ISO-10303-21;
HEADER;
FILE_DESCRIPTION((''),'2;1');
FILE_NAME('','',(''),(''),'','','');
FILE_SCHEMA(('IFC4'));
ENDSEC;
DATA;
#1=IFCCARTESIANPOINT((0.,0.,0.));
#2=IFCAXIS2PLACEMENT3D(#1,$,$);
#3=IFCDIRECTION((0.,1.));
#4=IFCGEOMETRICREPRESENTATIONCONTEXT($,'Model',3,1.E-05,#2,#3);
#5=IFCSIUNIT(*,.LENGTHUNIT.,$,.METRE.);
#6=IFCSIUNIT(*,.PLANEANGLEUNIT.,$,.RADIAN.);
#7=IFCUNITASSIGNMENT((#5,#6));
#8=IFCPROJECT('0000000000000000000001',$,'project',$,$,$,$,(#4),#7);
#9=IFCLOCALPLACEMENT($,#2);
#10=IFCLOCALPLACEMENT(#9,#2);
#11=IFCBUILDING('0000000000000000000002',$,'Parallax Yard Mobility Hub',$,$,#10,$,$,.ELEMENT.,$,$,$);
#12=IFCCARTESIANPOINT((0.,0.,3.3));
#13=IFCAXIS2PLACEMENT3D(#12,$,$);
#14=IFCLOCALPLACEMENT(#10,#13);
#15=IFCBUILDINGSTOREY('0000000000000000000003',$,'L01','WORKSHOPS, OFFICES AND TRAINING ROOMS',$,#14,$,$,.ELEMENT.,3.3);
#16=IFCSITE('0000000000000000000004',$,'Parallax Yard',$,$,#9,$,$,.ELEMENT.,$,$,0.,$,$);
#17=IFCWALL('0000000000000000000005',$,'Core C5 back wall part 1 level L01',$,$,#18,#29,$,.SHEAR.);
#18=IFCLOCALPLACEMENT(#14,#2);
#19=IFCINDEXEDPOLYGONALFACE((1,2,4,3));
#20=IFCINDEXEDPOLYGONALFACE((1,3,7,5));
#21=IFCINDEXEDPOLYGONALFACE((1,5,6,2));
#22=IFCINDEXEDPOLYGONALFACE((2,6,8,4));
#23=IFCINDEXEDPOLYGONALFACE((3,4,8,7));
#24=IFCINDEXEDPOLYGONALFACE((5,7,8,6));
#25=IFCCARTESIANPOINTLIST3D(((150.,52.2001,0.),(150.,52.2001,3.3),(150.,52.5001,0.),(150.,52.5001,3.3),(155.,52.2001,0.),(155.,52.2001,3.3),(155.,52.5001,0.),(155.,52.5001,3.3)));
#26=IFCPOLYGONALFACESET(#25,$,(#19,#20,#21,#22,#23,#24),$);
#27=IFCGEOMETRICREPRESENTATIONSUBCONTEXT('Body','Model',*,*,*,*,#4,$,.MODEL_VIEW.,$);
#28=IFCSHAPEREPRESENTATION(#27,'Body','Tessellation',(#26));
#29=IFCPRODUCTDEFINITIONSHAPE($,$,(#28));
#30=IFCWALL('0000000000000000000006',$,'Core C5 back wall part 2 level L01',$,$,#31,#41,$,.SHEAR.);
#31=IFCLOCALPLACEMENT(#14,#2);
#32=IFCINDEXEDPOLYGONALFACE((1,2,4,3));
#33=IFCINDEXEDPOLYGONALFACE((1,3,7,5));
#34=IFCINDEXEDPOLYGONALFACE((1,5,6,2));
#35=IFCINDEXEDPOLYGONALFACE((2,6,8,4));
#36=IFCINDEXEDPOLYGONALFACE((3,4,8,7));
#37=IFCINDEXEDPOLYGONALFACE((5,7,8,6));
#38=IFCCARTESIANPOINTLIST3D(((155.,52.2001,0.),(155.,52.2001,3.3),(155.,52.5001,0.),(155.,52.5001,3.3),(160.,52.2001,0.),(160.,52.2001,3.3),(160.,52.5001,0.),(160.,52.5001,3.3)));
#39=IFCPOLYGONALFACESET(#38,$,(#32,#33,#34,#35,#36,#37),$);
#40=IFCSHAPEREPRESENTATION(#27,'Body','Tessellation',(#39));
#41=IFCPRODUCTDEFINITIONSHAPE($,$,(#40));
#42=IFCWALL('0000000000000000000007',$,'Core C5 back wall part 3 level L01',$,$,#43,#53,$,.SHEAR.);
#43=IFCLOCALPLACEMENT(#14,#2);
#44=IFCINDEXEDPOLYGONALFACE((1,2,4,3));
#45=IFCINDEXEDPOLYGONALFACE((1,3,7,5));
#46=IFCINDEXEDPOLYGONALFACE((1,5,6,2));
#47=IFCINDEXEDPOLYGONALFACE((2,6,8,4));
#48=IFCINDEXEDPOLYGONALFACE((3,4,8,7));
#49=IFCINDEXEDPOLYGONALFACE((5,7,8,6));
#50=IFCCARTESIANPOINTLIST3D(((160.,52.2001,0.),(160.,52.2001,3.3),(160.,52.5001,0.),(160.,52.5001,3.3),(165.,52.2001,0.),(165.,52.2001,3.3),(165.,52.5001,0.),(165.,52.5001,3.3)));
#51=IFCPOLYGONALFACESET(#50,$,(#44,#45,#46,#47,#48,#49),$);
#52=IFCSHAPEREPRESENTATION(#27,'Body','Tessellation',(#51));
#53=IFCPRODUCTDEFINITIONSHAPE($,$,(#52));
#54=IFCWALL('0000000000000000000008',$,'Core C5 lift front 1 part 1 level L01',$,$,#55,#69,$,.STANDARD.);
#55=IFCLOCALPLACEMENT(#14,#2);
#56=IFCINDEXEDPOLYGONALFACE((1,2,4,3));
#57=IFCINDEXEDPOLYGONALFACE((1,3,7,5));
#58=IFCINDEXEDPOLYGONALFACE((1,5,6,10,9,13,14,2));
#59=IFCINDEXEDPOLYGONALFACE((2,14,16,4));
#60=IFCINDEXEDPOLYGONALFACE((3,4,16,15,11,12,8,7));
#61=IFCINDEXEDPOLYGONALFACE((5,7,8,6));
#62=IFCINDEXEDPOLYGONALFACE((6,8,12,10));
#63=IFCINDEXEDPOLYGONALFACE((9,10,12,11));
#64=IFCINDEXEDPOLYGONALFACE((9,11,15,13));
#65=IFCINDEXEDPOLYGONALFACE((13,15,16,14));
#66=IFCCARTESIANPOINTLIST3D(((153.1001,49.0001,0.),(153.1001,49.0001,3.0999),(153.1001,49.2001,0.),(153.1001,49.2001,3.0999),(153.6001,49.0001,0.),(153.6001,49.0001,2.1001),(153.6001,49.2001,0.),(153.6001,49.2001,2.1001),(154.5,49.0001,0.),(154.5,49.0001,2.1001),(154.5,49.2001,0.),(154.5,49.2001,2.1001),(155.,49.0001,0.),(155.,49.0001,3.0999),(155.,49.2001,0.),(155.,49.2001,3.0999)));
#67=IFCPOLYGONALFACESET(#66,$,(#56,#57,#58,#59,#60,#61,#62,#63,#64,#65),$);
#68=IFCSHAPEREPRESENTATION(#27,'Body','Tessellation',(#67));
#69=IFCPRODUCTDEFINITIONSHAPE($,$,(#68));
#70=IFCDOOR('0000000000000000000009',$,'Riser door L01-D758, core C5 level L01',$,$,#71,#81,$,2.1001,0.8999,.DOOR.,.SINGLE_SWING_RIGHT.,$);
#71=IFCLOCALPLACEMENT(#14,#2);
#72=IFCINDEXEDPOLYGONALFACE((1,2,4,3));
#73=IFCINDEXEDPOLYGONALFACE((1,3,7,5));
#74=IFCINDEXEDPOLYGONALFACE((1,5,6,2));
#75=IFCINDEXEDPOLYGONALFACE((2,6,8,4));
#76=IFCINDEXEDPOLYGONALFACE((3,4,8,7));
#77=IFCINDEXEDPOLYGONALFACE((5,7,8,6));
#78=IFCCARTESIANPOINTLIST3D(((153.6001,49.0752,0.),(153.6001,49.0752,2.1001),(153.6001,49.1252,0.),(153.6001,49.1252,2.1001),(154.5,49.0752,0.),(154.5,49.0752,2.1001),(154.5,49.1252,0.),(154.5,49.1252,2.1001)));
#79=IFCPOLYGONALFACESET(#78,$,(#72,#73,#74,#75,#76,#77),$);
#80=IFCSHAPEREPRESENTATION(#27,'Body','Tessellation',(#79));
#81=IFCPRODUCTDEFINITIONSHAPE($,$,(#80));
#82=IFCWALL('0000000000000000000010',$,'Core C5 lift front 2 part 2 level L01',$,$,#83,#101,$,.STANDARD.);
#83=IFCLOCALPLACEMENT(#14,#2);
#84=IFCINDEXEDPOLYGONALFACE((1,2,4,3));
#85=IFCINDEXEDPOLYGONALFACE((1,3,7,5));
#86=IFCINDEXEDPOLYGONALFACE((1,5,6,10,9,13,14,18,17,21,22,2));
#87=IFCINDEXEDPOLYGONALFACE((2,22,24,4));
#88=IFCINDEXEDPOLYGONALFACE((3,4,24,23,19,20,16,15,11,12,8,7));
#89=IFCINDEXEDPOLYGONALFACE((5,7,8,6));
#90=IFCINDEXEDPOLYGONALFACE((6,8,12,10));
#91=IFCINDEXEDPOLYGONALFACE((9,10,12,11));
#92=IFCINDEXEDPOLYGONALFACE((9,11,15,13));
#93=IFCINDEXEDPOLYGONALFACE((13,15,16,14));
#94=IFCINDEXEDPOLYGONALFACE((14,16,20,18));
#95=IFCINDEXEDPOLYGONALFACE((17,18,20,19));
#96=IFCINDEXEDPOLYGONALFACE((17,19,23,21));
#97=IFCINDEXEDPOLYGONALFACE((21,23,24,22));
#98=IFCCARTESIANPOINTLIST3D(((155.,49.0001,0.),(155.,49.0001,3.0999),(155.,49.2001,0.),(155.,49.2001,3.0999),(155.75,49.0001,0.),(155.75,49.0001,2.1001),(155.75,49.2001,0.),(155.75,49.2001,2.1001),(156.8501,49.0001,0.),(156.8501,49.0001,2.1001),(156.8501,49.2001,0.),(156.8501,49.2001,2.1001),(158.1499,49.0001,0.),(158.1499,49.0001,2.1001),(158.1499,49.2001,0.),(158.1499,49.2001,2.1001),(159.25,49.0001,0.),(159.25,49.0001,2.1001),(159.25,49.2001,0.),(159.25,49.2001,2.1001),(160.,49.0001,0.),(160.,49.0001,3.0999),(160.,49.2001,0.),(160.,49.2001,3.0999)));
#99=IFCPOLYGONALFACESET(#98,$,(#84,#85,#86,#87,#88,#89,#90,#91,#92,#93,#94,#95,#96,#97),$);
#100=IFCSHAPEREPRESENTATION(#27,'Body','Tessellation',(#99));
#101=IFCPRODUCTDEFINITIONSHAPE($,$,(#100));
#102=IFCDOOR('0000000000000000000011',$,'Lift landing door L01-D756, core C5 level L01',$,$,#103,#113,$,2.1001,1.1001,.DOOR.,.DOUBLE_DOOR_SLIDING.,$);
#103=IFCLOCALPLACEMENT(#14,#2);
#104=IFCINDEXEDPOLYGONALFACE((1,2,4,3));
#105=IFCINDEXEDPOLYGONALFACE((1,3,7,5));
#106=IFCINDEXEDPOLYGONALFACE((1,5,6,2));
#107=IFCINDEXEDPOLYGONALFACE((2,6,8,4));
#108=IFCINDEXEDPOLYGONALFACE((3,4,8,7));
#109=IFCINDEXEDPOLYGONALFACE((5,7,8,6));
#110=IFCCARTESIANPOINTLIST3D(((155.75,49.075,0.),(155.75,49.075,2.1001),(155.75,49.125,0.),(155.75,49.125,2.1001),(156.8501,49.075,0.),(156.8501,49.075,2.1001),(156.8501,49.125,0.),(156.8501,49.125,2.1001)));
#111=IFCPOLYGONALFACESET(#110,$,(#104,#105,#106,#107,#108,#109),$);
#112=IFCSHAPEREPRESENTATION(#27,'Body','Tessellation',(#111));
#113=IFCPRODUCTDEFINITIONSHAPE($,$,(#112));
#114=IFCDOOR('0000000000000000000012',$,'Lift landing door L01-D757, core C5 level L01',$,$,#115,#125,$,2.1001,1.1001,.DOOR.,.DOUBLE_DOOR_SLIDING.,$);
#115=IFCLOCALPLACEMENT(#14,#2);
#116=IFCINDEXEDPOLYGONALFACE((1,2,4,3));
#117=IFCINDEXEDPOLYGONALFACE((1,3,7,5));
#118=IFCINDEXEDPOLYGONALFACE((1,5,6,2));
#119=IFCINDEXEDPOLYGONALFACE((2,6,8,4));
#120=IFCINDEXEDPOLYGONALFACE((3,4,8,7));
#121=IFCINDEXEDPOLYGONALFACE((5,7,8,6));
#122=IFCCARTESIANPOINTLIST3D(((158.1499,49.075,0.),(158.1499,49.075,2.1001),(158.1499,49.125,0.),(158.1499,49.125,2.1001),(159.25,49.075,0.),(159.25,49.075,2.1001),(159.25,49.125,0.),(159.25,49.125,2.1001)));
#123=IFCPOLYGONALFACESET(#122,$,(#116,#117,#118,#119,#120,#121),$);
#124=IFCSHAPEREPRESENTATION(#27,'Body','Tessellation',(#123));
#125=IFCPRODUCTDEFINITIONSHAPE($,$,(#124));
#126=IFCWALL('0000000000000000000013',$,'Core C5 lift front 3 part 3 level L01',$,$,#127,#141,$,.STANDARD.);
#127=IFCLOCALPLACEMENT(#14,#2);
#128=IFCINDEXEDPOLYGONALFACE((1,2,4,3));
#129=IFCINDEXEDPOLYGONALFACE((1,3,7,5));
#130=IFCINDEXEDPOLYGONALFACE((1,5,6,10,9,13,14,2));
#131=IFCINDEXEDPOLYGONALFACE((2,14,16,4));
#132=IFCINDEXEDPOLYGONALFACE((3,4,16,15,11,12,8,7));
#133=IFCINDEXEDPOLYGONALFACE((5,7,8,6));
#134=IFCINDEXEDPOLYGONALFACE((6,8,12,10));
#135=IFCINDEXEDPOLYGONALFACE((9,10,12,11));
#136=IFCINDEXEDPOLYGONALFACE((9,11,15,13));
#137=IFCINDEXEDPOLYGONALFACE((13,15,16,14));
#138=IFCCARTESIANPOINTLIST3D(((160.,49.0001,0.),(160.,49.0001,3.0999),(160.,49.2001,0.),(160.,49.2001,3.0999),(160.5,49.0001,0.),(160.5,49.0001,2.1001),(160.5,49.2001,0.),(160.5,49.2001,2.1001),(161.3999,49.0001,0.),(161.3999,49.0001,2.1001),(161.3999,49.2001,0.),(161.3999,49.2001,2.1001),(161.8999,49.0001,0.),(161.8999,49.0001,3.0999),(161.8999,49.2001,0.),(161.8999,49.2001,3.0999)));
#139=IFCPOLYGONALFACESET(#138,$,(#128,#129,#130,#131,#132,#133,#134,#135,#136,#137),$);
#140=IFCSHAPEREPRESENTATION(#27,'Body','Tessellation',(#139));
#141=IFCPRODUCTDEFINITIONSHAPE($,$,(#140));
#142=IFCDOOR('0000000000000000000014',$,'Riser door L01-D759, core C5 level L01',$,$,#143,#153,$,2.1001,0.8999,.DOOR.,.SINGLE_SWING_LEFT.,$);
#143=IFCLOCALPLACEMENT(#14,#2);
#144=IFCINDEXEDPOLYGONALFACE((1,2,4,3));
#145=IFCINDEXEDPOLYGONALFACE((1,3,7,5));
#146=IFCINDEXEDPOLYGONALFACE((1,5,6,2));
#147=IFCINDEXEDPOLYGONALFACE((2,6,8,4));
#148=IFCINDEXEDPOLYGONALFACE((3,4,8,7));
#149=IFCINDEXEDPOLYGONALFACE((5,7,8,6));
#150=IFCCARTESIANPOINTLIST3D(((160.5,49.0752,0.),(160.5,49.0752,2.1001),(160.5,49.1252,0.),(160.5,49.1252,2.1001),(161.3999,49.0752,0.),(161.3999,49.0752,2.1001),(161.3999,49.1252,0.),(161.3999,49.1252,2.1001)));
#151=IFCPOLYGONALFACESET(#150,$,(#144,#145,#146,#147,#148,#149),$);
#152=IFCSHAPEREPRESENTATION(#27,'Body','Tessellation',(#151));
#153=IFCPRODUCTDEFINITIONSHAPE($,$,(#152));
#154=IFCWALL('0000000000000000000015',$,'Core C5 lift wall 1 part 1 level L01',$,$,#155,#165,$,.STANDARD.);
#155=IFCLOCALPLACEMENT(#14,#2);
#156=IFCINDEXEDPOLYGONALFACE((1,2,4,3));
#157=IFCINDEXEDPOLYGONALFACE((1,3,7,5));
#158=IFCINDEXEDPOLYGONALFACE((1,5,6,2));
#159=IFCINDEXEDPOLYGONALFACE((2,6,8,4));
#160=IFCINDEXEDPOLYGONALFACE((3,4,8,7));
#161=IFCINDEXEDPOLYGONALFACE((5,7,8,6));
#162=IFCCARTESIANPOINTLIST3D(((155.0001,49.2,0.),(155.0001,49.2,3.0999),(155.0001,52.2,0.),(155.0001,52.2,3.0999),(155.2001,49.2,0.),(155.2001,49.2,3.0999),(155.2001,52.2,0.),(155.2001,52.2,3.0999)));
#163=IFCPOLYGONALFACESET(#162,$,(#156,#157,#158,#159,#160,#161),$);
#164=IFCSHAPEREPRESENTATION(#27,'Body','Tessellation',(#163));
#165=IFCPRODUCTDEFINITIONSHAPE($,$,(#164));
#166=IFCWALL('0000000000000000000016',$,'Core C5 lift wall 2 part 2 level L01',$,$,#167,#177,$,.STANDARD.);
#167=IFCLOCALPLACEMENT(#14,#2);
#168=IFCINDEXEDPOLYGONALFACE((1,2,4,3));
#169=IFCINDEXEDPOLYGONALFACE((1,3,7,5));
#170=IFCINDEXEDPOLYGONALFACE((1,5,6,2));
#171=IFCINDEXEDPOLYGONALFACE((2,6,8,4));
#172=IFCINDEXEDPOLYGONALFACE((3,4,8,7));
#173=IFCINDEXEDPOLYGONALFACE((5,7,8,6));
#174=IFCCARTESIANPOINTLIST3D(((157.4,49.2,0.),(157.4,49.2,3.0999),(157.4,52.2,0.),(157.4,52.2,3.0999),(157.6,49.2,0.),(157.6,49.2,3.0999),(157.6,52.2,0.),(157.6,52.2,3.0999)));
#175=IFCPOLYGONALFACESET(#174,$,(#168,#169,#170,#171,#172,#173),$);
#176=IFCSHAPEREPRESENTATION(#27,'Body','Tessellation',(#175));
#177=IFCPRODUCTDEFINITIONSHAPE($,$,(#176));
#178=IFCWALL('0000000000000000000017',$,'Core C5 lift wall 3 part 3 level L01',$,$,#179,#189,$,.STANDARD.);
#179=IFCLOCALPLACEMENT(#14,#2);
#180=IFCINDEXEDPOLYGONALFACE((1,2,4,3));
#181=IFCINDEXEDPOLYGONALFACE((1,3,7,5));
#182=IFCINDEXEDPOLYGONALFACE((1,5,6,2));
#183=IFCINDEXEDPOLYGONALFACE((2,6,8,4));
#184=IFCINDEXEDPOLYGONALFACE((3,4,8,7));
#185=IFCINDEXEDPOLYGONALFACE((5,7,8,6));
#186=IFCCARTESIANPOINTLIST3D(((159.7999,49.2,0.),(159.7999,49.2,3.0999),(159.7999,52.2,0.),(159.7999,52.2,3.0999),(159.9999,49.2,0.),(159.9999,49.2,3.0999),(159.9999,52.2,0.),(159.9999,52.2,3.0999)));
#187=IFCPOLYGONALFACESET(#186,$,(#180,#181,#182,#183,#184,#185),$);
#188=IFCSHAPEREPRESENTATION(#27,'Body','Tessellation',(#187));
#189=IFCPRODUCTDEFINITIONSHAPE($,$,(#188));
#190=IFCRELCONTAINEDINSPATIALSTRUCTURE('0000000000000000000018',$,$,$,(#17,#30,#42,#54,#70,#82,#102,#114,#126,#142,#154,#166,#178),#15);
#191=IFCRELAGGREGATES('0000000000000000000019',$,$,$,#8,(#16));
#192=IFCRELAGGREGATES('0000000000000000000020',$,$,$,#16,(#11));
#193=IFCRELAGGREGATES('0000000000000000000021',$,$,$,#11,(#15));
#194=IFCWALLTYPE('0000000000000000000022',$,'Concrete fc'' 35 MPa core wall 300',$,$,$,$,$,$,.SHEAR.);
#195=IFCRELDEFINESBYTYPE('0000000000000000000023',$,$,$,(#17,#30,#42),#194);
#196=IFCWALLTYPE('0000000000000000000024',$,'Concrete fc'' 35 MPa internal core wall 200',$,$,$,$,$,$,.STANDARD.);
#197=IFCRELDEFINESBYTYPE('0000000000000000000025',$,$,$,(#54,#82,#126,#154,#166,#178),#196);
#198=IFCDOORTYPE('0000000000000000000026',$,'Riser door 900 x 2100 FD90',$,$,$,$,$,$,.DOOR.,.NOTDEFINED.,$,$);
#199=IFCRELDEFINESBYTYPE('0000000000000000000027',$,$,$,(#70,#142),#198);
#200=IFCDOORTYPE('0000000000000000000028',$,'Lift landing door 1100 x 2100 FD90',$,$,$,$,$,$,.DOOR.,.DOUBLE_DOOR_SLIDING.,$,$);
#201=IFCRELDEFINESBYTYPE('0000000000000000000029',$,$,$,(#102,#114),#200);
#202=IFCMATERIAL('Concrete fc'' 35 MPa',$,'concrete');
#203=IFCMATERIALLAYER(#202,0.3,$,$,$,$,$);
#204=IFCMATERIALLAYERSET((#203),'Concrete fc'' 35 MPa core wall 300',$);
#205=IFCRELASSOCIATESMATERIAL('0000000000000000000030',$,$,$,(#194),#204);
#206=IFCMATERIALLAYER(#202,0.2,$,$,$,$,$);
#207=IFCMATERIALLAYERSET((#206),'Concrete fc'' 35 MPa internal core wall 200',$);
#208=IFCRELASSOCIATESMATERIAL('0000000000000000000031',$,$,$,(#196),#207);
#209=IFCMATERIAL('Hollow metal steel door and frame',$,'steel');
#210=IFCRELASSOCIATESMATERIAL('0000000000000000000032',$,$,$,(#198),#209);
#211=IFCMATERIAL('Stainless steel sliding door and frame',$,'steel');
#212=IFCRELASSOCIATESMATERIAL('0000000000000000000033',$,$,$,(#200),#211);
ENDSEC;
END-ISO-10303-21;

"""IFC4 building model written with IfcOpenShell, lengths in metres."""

from ifc_helpers import new_model, si_unit, direction, frame, frame_2d, origin, place, context, subcontext, project, spatial, rectangle, extrude, material, layer, layer_set, type_object, element, fill, save


model = new_model("IFC4")

# Units and contexts
model_context = context("Model", 3, precision=1e-05, world=origin(), true_north=direction((0.0, 1.0)))
body_context = subcontext(model_context, "Body", "Model", "MODEL_VIEW")
ifc_project = project(units=[si_unit("LENGTHUNIT", "METRE"), si_unit("PLANEANGLEUNIT", "RADIAN")], contexts=[model_context])

# Site, building, storey
site_placement = place(None, origin())
site = spatial("IfcSite", under=ifc_project, at=site_placement, Name="Parallax Yard", CompositionType="ELEMENT", RefElevation=0.0)
building_placement = place(site_placement, origin())
building = spatial("IfcBuilding", under=site, at=building_placement, Name="Parallax Yard Mobility Hub", CompositionType="ELEMENT")
storey_placement = place(building_placement, frame((0.0, 0.0, 3.3)))
storey = spatial("IfcBuildingStorey", under=building, at=storey_placement, Name="L01", Description="WORKSHOPS, OFFICES AND TRAINING ROOMS", CompositionType="ELEMENT", Elevation=3.3)

# Walls
ifc_material_1 = material(Name="Concrete fc' 35 MPa", Category="concrete")
ifc_layer_1 = layer(ifc_material_1, 0.3)
ifc_layer_set_1 = layer_set([ifc_layer_1], Name="Concrete fc' 35 MPa core wall 300")
wall_type_1 = type_object("IfcWallType", Name="Concrete fc' 35 MPa core wall 300", PredefinedType="SHEAR", material=ifc_layer_set_1)
for number, where, z_axis, x_axis, name in (
    (1, (150.0, 52.3501, 0.0), (0.0, 0.0, 1.0), (1.0, 0.0, 0.0), "Core C5 back wall part 1 level L01"),
    (2, (155.0, 52.3501, 0.0), (0.0, 0.0, 1.0), (1.0, 0.0, 0.0), "Core C5 back wall part 2 level L01"),
    (3, (160.0, 52.3501, 0.0), (0.0, 0.0, 1.0), (1.0, 0.0, 0.0), "Core C5 back wall part 3 level L01"),
):
    element("IfcWall", number, at=place(storey_placement, frame(where, z_axis=z_axis, x_axis=x_axis)), inside=storey, type_object=wall_type_1, Name=name, PredefinedType="SHEAR", context=body_context, shape_type="SweptSolid", body=[
        extrude(rectangle(XDim=5.0, YDim=0.3, at=frame_2d((2.5, 0.0))), origin(), (0.0, 0.0, 1.0), 3.3),
    ])

# Wall, opening, door
ifc_layer_2 = layer(ifc_material_1, 0.2)
ifc_layer_set_2 = layer_set([ifc_layer_2], Name="Concrete fc' 35 MPa internal core wall 200")
wall_type_2 = type_object("IfcWallType", Name="Concrete fc' 35 MPa internal core wall 200", PredefinedType="STANDARD", material=ifc_layer_set_2)
wall_1_placement = place(storey_placement, frame((155.0, 49.1001, 0.0), z_axis=(0.0, 0.0, 1.0), x_axis=(-1.0, 0.0, 0.0)))
wall_1 = element("IfcWall", 4, at=wall_1_placement, inside=storey, type_object=wall_type_2, Name="Core C5 lift front 1 part 1 level L01", PredefinedType="STANDARD", context=body_context, shape_type="SweptSolid", body=[
    extrude(rectangle(XDim=1.8999, YDim=0.2, at=frame_2d((0.95, 0.0))), origin(), (0.0, 0.0, 1.0), 3.0999),
])
opening_1_placement = place(wall_1_placement, frame((0.5, 0.0, 0.0)))
opening_1 = element("IfcOpeningElement", 5, at=opening_1_placement, cuts=wall_1, PredefinedType="OPENING", context=body_context, shape_type="SweptSolid", body=[
    extrude(rectangle(XDim=0.8999, YDim=2.1001, at=frame_2d((0.45, 1.05))), frame((0.0, 0.1099, 0.0), z_axis=(0.0, -1.0, 0.0), x_axis=(1.0, 0.0, 0.0)), (0.0, 0.0, 1.0), 0.22),
])
ifc_material_2 = material(Name="Hollow metal steel door and frame", Category="steel")
door_type_1 = type_object("IfcDoorType", Name="Riser door 900 x 2100 FD90", OperationType="NOTDEFINED", PredefinedType="DOOR", material=ifc_material_2)
door_1_placement = place(opening_1_placement, origin())
door_1 = element("IfcDoor", 6, at=door_1_placement, inside=storey, type_object=door_type_1, Name="Riser door L01-D758, core C5 level L01", OperationType="SINGLE_SWING_RIGHT", OverallHeight=2.1001, OverallWidth=0.8999, PredefinedType="DOOR", context=body_context, shape_type="SweptSolid", body=[
    extrude(rectangle(XDim=0.8999, YDim=2.1001, at=frame_2d((0.45, 1.05))), frame((0.0, 0.0249, 0.0), z_axis=(0.0, -1.0, 0.0), x_axis=(1.0, 0.0, 0.0)), (0.0, 0.0, 1.0), 0.05),
])
fill(opening_1, door_1)

# Wall, openings, doors
wall_2_placement = place(storey_placement, frame((155.0, 49.1001, 0.0), z_axis=(0.0, 0.0, 1.0), x_axis=(1.0, 0.0, 0.0)))
wall_2 = element("IfcWall", 7, at=wall_2_placement, inside=storey, type_object=wall_type_2, Name="Core C5 lift front 2 part 2 level L01", PredefinedType="STANDARD", context=body_context, shape_type="SweptSolid", body=[
    extrude(rectangle(XDim=5.0, YDim=0.2, at=frame_2d((2.5, 0.0))), origin(), (0.0, 0.0, 1.0), 3.0999),
])
opening_2_placement = place(wall_2_placement, frame((0.75, 0.0, 0.0)))
opening_2 = element("IfcOpeningElement", 8, at=opening_2_placement, cuts=wall_2, PredefinedType="OPENING", context=body_context, shape_type="SweptSolid", body=[
    extrude(rectangle(XDim=1.1001, YDim=2.1001, at=frame_2d((0.55, 1.05))), frame((0.0, 0.1099, 0.0), z_axis=(0.0, -1.0, 0.0), x_axis=(1.0, 0.0, 0.0)), (0.0, 0.0, 1.0), 0.22),
])
opening_3_placement = place(wall_2_placement, frame((3.1499, 0.0, 0.0)))
opening_3 = element("IfcOpeningElement", 9, at=opening_3_placement, cuts=wall_2, PredefinedType="OPENING", context=body_context, shape_type="SweptSolid", body=[
    extrude(rectangle(XDim=1.1001, YDim=2.1001, at=frame_2d((0.55, 1.05))), frame((0.0, 0.1099, 0.0), z_axis=(0.0, -1.0, 0.0), x_axis=(1.0, 0.0, 0.0)), (0.0, 0.0, 1.0), 0.22),
])
ifc_material_3 = material(Name="Stainless steel sliding door and frame", Category="steel")
door_type_2 = type_object("IfcDoorType", Name="Lift landing door 1100 x 2100 FD90", OperationType="DOUBLE_DOOR_SLIDING", PredefinedType="DOOR", material=ifc_material_3)
door_2_placement = place(opening_2_placement, origin())
door_2 = element("IfcDoor", 10, at=door_2_placement, inside=storey, type_object=door_type_2, Name="Lift landing door L01-D756, core C5 level L01", OperationType="DOUBLE_DOOR_SLIDING", OverallHeight=2.1001, OverallWidth=1.1001, PredefinedType="DOOR", context=body_context, shape_type="SweptSolid", body=[
    extrude(rectangle(XDim=1.1001, YDim=2.1001, at=frame_2d((0.55, 1.05))), frame((0.0, 0.0249, 0.0), z_axis=(0.0, -1.0, 0.0), x_axis=(1.0, 0.0, 0.0)), (0.0, 0.0, 1.0), 0.05),
])
fill(opening_2, door_2)
door_3_placement = place(opening_3_placement, origin())
door_3 = element("IfcDoor", 11, at=door_3_placement, inside=storey, type_object=door_type_2, Name="Lift landing door L01-D757, core C5 level L01", OperationType="DOUBLE_DOOR_SLIDING", OverallHeight=2.1001, OverallWidth=1.1001, PredefinedType="DOOR", context=body_context, shape_type="SweptSolid", body=[
    extrude(rectangle(XDim=1.1001, YDim=2.1001, at=frame_2d((0.55, 1.05))), frame((0.0, 0.0249, 0.0), z_axis=(0.0, -1.0, 0.0), x_axis=(1.0, 0.0, 0.0)), (0.0, 0.0, 1.0), 0.05),
])
fill(opening_3, door_3)

# Wall, opening, door
wall_3_placement = place(storey_placement, frame((161.8999, 49.1001, 0.0), z_axis=(0.0, 0.0, 1.0), x_axis=(-1.0, 0.0, 0.0)))
wall_3 = element("IfcWall", 12, at=wall_3_placement, inside=storey, type_object=wall_type_2, Name="Core C5 lift front 3 part 3 level L01", PredefinedType="STANDARD", context=body_context, shape_type="SweptSolid", body=[
    extrude(rectangle(XDim=1.8999, YDim=0.2, at=frame_2d((0.95, 0.0))), origin(), (0.0, 0.0, 1.0), 3.0999),
])
opening_4_placement = place(wall_3_placement, frame((0.5, 0.0, 0.0)))
opening_4 = element("IfcOpeningElement", 13, at=opening_4_placement, cuts=wall_3, PredefinedType="OPENING", context=body_context, shape_type="SweptSolid", body=[
    extrude(rectangle(XDim=0.8999, YDim=2.1001, at=frame_2d((0.45, 1.05))), frame((0.0, 0.1099, 0.0), z_axis=(0.0, -1.0, 0.0), x_axis=(1.0, 0.0, 0.0)), (0.0, 0.0, 1.0), 0.22),
])
door_4_placement = place(opening_4_placement, origin())
door_4 = element("IfcDoor", 14, at=door_4_placement, inside=storey, type_object=door_type_1, Name="Riser door L01-D759, core C5 level L01", OperationType="SINGLE_SWING_LEFT", OverallHeight=2.1001, OverallWidth=0.8999, PredefinedType="DOOR", context=body_context, shape_type="SweptSolid", body=[
    extrude(rectangle(XDim=0.8999, YDim=2.1001, at=frame_2d((0.45, 1.05))), frame((0.0, 0.0249, 0.0), z_axis=(0.0, -1.0, 0.0), x_axis=(1.0, 0.0, 0.0)), (0.0, 0.0, 1.0), 0.05),
])
fill(opening_4, door_4)

# Walls
for number, where, z_axis, x_axis, name in (
    (15, (155.1001, 49.2, 0.0), (0.0, 0.0, 1.0), (0.0, 1.0, 0.0), "Core C5 lift wall 1 part 1 level L01"),
    (16, (157.5, 49.2, 0.0), (0.0, 0.0, 1.0), (0.0, 1.0, 0.0), "Core C5 lift wall 2 part 2 level L01"),
    (17, (159.8999, 49.2, 0.0), (0.0, 0.0, 1.0), (0.0, 1.0, 0.0), "Core C5 lift wall 3 part 3 level L01"),
):
    element("IfcWall", number, at=place(storey_placement, frame(where, z_axis=z_axis, x_axis=x_axis)), inside=storey, type_object=wall_type_2, Name=name, PredefinedType="STANDARD", context=body_context, shape_type="SweptSolid", body=[
        extrude(rectangle(XDim=3.0, YDim=0.2, at=frame_2d((1.5, 0.0))), origin(), (0.0, 0.0, 1.0), 3.0999),
    ])

save(model, "model.ifc")
